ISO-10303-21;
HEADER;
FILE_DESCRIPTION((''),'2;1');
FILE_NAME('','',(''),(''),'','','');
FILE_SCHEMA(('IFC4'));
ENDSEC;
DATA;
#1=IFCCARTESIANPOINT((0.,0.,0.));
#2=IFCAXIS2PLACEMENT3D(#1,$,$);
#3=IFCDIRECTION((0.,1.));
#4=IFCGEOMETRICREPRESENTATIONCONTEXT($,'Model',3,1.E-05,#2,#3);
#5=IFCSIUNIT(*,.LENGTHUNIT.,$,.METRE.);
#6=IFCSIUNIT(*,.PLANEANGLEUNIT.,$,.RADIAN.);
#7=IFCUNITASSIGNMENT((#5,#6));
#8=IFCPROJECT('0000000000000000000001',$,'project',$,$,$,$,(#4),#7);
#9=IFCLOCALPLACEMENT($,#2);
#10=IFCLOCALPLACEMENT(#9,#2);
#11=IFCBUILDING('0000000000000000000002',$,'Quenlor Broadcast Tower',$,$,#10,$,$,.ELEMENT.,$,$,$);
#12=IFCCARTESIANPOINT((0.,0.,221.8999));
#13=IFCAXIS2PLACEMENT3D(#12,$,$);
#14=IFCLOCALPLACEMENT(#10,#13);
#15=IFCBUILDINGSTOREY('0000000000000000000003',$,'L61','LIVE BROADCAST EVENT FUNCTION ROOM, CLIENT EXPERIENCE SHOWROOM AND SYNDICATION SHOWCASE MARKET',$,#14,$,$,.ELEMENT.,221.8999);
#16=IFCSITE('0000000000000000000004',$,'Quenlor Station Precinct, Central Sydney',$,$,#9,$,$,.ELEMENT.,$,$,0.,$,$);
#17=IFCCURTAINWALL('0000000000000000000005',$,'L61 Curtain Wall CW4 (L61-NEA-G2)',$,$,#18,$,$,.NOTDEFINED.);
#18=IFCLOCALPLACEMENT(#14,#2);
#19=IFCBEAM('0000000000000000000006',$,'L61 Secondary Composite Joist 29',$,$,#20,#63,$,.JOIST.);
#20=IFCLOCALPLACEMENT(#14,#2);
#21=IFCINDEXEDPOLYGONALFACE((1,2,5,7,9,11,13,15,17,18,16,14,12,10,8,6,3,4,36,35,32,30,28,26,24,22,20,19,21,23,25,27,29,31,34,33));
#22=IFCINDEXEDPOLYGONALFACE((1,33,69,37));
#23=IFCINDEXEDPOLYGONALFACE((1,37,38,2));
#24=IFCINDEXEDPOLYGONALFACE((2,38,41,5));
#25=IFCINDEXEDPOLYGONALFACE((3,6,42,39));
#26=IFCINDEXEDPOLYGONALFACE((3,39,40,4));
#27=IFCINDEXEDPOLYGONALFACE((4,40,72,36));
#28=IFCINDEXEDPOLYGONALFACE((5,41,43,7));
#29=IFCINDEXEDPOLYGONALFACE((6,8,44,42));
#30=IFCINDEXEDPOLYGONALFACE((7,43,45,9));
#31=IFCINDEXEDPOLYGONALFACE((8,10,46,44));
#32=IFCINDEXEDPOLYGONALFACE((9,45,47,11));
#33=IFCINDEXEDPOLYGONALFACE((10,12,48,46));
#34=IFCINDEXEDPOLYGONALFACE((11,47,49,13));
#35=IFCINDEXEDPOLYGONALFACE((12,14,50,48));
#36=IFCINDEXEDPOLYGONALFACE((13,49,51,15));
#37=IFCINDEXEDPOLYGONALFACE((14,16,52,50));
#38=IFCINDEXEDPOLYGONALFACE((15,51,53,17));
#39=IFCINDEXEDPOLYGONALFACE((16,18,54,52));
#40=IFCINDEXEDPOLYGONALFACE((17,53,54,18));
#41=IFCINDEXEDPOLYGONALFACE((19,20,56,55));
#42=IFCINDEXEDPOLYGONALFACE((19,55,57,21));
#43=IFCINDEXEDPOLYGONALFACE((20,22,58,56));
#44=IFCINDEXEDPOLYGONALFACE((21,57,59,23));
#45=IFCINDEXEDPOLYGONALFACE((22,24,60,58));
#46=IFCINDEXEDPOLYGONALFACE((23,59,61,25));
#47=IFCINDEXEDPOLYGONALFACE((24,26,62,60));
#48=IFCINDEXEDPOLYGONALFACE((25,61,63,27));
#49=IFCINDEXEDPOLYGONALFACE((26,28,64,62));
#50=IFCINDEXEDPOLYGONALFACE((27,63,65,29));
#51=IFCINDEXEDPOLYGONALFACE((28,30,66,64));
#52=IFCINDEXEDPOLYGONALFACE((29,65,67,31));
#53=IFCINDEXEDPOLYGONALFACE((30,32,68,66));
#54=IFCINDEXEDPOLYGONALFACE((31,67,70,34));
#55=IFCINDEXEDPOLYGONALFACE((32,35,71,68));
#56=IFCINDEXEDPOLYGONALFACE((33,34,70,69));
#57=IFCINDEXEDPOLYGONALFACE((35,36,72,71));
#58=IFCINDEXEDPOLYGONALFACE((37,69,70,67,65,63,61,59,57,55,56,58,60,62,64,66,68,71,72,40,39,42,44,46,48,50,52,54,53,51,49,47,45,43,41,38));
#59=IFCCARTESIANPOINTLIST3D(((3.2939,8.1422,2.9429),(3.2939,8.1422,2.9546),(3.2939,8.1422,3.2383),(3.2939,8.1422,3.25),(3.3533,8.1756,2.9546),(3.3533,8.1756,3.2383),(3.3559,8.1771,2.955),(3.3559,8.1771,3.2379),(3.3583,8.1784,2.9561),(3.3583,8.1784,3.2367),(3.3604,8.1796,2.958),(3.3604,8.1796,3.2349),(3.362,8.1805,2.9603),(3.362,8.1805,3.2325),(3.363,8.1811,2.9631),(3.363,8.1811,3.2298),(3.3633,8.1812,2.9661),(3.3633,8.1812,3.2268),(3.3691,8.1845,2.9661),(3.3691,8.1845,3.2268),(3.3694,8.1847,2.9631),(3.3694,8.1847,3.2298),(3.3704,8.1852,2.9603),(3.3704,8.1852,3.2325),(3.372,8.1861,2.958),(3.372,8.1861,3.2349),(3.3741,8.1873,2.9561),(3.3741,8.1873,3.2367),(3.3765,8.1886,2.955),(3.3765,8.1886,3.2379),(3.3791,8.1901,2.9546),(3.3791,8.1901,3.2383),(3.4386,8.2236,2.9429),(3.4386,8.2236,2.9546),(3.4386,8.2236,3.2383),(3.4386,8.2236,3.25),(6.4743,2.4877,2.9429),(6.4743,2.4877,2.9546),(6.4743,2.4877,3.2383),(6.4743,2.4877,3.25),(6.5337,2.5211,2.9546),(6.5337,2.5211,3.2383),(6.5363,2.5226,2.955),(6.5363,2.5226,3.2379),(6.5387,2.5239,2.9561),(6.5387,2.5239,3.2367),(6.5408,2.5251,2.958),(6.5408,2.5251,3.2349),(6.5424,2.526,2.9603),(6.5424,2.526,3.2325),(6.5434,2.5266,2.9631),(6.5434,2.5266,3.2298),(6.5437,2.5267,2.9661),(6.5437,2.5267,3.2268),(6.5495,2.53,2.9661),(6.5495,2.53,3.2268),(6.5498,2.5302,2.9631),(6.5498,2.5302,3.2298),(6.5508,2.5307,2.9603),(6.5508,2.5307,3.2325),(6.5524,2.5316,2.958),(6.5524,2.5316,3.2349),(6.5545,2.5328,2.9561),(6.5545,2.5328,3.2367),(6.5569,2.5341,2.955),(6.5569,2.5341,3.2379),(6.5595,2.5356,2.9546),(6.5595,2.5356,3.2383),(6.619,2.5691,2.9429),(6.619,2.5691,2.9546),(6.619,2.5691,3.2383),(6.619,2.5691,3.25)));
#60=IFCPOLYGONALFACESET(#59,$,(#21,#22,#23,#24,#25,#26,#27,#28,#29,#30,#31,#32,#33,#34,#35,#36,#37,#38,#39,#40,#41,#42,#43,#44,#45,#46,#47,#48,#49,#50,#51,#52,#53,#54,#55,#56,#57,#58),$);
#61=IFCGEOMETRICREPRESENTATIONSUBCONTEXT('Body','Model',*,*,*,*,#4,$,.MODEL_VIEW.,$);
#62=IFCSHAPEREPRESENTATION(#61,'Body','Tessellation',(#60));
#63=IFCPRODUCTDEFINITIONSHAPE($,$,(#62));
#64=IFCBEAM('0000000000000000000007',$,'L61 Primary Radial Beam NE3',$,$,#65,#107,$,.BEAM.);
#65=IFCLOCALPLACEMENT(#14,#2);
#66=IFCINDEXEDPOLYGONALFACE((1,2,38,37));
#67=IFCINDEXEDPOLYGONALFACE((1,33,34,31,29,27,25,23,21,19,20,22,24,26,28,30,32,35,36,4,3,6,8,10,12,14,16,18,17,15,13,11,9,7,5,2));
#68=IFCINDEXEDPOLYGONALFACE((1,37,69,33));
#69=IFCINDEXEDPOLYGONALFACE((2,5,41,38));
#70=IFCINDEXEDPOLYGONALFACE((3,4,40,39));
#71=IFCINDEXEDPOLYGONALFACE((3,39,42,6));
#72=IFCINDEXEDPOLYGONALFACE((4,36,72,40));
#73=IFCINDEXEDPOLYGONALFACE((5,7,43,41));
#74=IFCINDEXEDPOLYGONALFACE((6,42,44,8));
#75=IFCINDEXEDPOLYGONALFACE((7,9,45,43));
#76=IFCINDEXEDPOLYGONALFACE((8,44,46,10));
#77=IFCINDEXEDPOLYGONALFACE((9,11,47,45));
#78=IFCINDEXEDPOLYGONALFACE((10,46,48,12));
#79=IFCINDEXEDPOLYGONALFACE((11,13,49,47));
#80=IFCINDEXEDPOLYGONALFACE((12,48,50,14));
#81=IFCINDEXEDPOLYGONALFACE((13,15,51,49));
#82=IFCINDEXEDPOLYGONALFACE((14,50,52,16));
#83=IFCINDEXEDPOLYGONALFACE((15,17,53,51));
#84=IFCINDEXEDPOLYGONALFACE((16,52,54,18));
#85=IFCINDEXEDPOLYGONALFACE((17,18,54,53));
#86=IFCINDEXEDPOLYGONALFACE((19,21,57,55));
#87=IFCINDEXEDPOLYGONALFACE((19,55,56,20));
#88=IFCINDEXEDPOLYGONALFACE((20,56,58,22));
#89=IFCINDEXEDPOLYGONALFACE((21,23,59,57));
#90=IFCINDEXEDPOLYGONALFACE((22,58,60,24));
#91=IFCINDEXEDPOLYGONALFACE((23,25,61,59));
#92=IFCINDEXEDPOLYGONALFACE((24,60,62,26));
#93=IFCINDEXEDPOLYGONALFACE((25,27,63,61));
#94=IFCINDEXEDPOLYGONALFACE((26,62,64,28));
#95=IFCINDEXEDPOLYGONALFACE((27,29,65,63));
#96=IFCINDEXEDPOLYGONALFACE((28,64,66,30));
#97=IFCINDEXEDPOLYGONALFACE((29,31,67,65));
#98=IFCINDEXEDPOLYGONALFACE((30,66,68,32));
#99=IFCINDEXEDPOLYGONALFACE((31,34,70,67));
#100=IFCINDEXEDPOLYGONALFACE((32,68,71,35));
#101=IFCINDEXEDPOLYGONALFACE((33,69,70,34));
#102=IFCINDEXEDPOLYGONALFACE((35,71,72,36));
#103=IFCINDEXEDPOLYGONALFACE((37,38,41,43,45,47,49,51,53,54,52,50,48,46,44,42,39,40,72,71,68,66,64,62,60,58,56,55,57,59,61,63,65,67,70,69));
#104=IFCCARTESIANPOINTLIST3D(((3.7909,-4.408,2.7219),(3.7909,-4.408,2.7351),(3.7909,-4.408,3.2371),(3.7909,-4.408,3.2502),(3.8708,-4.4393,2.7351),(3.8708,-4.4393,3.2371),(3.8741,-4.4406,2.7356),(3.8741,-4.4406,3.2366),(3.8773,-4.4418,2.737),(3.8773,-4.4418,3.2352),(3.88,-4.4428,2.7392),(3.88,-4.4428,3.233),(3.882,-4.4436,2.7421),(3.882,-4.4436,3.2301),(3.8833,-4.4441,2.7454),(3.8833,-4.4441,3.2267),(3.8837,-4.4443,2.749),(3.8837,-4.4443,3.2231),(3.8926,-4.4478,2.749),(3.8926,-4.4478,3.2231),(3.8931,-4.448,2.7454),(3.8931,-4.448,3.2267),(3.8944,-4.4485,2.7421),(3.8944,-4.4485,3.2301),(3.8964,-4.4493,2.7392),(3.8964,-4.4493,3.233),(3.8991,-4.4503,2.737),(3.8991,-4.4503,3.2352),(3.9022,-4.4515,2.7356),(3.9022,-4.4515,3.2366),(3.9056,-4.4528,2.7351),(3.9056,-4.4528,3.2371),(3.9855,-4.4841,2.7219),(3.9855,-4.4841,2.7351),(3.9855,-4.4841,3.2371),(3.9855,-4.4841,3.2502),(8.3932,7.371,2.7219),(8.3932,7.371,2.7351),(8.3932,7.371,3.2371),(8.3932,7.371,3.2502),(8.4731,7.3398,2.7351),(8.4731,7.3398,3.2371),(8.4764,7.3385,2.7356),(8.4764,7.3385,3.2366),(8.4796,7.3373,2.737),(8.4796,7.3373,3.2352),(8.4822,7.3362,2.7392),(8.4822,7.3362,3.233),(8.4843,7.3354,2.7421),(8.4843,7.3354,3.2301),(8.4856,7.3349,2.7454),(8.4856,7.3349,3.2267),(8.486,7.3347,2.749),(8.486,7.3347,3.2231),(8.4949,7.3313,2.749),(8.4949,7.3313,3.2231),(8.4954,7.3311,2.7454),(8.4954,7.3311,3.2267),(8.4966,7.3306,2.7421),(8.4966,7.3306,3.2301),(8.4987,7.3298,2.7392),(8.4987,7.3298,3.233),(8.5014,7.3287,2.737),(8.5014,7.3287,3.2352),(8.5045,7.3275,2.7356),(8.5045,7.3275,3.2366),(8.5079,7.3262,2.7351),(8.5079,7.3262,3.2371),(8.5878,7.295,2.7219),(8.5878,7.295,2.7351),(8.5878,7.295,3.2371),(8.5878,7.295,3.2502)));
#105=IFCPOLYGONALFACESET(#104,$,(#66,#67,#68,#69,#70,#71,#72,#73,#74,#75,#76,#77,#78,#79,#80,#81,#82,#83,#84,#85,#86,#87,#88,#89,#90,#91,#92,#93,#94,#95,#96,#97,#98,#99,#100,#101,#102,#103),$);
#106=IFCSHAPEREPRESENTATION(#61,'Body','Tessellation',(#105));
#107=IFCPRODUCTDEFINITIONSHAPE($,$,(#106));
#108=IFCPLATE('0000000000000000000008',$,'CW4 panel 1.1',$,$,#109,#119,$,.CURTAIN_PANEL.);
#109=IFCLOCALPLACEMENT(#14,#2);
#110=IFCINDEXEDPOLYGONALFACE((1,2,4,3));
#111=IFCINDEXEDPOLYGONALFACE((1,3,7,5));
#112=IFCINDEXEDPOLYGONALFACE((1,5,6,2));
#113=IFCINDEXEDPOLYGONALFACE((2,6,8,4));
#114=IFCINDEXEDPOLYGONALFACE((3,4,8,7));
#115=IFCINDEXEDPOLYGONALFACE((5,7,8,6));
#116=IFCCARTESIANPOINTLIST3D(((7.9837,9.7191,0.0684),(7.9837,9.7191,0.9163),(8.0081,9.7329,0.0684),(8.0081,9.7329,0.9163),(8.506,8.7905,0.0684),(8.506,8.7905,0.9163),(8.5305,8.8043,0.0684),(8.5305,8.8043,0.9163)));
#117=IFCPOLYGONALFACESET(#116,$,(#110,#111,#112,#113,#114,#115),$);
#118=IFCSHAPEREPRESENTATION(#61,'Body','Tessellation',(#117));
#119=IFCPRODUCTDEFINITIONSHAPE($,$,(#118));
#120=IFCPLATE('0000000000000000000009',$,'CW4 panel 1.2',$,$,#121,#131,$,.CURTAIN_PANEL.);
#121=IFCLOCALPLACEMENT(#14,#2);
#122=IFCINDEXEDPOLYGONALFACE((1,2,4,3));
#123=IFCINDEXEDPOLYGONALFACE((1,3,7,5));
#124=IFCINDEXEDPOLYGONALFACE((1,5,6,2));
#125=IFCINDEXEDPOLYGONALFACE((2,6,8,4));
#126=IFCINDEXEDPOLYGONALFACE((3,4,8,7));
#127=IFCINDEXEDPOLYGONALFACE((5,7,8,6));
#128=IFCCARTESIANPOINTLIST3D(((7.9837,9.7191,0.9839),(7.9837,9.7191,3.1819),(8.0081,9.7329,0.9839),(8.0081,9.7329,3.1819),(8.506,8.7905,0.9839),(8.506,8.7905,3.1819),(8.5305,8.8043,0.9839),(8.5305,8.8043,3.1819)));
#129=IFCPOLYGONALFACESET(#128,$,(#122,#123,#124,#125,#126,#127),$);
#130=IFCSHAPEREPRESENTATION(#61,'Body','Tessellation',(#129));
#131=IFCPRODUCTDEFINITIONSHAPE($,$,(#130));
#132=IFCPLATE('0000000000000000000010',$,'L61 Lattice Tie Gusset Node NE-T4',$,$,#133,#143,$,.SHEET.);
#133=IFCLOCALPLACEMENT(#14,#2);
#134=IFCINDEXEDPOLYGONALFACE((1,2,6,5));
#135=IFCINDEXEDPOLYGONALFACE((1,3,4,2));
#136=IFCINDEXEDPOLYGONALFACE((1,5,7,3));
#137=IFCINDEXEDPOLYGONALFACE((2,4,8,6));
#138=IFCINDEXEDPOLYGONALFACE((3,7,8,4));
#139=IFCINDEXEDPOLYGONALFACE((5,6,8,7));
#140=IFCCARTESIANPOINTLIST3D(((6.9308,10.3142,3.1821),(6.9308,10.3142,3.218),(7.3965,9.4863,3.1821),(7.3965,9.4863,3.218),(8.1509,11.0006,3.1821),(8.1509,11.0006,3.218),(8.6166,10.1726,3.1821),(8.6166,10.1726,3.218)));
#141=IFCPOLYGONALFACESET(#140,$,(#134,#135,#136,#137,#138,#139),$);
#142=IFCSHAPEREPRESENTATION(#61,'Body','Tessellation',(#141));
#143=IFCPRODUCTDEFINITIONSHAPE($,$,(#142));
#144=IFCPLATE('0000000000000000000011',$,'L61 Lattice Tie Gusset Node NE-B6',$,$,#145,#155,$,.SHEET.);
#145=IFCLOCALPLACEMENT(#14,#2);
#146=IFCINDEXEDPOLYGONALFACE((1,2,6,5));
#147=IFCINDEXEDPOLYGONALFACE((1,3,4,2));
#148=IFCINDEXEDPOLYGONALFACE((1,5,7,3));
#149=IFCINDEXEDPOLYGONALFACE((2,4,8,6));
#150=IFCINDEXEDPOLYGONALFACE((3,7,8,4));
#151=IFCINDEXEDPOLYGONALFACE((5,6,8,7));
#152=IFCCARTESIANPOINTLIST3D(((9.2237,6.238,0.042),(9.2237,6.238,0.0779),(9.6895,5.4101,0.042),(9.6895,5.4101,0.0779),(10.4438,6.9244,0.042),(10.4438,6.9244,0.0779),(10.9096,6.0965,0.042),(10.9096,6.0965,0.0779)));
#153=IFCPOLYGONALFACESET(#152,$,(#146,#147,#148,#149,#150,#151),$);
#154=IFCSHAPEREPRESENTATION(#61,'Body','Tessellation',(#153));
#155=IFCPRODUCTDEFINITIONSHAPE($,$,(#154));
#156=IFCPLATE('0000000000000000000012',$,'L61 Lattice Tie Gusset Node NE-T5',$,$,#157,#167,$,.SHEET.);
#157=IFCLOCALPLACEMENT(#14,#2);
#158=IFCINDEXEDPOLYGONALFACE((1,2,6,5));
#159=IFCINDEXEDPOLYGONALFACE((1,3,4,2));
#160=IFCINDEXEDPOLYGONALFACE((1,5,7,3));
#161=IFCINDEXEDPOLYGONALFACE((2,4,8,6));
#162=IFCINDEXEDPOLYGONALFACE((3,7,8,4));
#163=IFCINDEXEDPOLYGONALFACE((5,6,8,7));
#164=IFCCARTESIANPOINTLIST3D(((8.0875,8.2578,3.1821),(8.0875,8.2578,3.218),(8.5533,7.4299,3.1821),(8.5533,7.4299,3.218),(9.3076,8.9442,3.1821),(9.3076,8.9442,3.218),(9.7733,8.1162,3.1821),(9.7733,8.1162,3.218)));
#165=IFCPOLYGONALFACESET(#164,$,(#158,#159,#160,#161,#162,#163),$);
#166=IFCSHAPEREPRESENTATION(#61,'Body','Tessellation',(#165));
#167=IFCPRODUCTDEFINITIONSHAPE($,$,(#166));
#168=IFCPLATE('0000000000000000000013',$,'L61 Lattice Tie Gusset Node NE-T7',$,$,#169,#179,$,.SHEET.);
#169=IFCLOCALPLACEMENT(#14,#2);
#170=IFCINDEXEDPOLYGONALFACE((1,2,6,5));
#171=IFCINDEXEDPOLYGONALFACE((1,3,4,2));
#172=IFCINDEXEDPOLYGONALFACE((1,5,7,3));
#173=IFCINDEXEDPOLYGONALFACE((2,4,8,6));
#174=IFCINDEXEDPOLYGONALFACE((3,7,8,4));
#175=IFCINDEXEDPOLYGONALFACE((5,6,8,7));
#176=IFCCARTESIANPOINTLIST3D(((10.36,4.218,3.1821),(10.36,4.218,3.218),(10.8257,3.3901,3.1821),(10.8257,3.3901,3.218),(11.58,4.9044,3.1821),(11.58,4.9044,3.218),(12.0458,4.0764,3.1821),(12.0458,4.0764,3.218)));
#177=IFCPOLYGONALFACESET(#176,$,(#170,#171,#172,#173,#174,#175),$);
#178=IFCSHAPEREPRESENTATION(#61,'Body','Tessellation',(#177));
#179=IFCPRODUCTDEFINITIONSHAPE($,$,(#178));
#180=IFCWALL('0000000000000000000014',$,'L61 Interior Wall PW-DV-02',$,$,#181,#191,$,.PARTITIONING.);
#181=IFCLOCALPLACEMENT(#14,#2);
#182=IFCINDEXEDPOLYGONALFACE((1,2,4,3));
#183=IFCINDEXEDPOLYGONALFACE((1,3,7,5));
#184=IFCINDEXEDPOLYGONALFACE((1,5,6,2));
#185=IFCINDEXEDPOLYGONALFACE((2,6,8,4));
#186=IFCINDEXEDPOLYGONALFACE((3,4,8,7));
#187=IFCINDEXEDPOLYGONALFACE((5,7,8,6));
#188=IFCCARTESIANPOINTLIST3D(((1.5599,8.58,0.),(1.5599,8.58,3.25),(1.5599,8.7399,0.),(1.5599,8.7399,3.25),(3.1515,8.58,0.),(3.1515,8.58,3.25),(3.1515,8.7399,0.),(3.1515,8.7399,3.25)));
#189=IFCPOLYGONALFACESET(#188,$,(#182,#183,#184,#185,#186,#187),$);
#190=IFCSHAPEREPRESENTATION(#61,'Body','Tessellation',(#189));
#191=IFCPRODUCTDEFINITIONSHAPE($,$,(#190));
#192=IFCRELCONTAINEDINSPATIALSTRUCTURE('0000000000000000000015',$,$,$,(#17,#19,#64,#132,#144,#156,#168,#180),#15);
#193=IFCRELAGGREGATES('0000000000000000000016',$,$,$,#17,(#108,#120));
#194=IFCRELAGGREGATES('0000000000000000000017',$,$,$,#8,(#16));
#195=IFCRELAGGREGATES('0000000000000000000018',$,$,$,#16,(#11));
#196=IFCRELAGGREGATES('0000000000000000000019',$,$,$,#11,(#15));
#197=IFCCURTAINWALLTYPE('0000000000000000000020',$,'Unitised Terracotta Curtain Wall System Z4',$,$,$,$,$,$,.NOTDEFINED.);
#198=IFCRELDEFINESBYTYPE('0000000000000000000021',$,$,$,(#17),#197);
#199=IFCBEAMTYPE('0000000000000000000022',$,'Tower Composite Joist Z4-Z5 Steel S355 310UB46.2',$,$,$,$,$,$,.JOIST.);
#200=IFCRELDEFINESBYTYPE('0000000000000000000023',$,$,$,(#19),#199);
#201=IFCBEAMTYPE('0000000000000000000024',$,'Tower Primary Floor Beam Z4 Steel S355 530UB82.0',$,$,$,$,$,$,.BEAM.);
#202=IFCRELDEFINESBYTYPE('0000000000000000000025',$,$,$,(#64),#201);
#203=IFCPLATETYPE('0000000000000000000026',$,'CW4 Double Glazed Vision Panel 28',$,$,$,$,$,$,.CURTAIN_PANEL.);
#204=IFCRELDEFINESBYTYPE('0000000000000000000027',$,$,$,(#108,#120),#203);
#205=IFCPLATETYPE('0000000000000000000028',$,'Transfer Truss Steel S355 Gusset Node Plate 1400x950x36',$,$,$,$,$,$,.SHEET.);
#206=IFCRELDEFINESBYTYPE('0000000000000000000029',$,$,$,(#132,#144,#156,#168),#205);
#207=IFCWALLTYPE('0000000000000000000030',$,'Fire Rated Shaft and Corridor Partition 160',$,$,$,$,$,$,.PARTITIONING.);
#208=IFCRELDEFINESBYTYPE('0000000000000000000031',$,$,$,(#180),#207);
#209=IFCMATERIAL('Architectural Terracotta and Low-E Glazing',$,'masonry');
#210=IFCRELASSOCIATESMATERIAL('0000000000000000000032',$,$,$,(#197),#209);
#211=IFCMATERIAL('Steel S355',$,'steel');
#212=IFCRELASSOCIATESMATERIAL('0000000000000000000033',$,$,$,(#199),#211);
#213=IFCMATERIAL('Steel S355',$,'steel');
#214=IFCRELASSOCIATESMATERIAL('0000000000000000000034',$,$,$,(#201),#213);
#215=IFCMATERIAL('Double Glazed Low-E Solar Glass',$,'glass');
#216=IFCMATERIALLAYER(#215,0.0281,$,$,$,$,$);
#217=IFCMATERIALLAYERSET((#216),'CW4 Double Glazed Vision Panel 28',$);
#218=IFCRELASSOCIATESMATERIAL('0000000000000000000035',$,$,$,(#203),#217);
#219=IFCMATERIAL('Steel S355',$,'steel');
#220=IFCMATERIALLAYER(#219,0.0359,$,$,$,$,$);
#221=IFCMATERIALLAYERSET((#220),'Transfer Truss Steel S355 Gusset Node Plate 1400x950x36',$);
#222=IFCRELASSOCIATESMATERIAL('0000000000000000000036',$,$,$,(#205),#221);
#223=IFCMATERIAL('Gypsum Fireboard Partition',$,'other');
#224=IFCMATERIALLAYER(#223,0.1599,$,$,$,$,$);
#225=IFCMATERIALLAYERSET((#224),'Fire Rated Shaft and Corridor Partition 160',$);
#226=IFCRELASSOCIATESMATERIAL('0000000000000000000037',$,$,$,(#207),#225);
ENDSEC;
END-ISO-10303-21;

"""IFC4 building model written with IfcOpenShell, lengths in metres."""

from ifc_helpers import new_model, si_unit, direction, frame, frame_2d, origin, origin_2d, place, context, subcontext, project, spatial, rectangle, i_section, extrude, material, layer, layer_set, material_profile, profile_set, type_object, element, aggregate, save


model = new_model("IFC4")

# Units and contexts
model_context = context("Model", 3, precision=1e-05, world=origin(), true_north=direction((0.0, 1.0)))
body_context = subcontext(model_context, "Body", "Model", "MODEL_VIEW")
ifc_project = project(units=[si_unit("LENGTHUNIT", "METRE"), si_unit("PLANEANGLEUNIT", "RADIAN")], contexts=[model_context])

# Site, building, storey
site_placement = place(None, origin())
site = spatial("IfcSite", under=ifc_project, at=site_placement, Name="Quenlor Station Precinct, Central Sydney", CompositionType="ELEMENT", RefElevation=0.0)
building_placement = place(site_placement, origin())
building = spatial("IfcBuilding", under=site, at=building_placement, Name="Quenlor Broadcast Tower", CompositionType="ELEMENT")
storey_placement = place(building_placement, frame((0.0, 0.0, 221.8999)))
storey = spatial("IfcBuildingStorey", under=building, at=storey_placement, Name="L61", Description="LIVE BROADCAST EVENT FUNCTION ROOM, CLIENT EXPERIENCE SHOWROOM AND SYNDICATION SHOWCASE MARKET", CompositionType="ELEMENT", Elevation=221.8999)

# Curtain wall
ifc_material_1 = material(Name="Architectural Terracotta and Low-E Glazing", Category="masonry")
curtain_wall_type = type_object("IfcCurtainWallType", Name="Unitised Terracotta Curtain Wall System Z4", PredefinedType="NOTDEFINED", material=ifc_material_1)
curtain_wall_placement = place(storey_placement, origin())
curtain_wall = element("IfcCurtainWall", 1, at=curtain_wall_placement, inside=storey, type_object=curtain_wall_type, Name="L61 Curtain Wall CW4 (L61-NEA-G2)", PredefinedType="NOTDEFINED")

# Beams
ifc_material_2 = material(Name="Steel S355", Category="steel")
ifc_material_profile_1 = material_profile(ifc_material_2, i_section(OverallWidth=0.166, OverallDepth=0.3071, WebThickness=0.0066, FlangeThickness=0.0117, FilletRadius=0.0115, at=origin_2d()))
ifc_profile_set_1 = profile_set([ifc_material_profile_1], Name="Steel S355 310UB46.2")
beam_type_1 = type_object("IfcBeamType", Name="Tower Composite Joist Z4-Z5 Steel S355 310UB46.2", PredefinedType="JOIST", material=ifc_profile_set_1)
beam_1_placement = place(storey_placement, frame((3.3662, 8.1829, 3.0964), z_axis=(0.490231, -0.871593, 0.0), x_axis=(0.871593, 0.490231, 0.0)))
element("IfcBeam", 2, at=beam_1_placement, inside=storey, type_object=beam_type_1, Name="L61 Secondary Composite Joist 29", PredefinedType="JOIST", context=body_context, shape_type="SweptSolid", body=[
    extrude(i_section(OverallWidth=0.166, OverallDepth=0.3071, WebThickness=0.0066, FlangeThickness=0.0117, FilletRadius=0.0115, at=origin_2d()), origin(), (0.0, 0.0, 1.0), 6.4875),
])
ifc_material_3 = material(Name="Steel S355", Category="steel")
ifc_material_profile_2 = material_profile(ifc_material_3, i_section(OverallWidth=0.209, OverallDepth=0.5283, WebThickness=0.0095, FlangeThickness=0.0132, FilletRadius=0.0139, at=origin_2d()))
ifc_profile_set_2 = profile_set([ifc_material_profile_2], Name="Steel S355 530UB82.0")
beam_type_2 = type_object("IfcBeamType", Name="Tower Primary Floor Beam Z4 Steel S355 530UB82.0", PredefinedType="BEAM", material=ifc_profile_set_2)
beam_2_placement = place(storey_placement, frame((8.4905, 7.333, 2.9861), z_axis=(-0.363926, -0.931428, 0.0), x_axis=(0.931428, -0.363926, 0.0)))
element("IfcBeam", 3, at=beam_2_placement, inside=storey, type_object=beam_type_2, Name="L61 Primary Radial Beam NE3", PredefinedType="BEAM", context=body_context, shape_type="SweptSolid", body=[
    extrude(i_section(OverallWidth=0.209, OverallDepth=0.5283, WebThickness=0.0095, FlangeThickness=0.0132, FilletRadius=0.0139, at=origin_2d()), origin(), (0.0, 0.0, 1.0), 12.6462),
])

# Plates
ifc_material_4 = material(Name="Double Glazed Low-E Solar Glass", Category="glass")
ifc_layer_1 = layer(ifc_material_4, 0.0281)
ifc_layer_set_1 = layer_set([ifc_layer_1], Name="CW4 Double Glazed Vision Panel 28")
plate_type_1 = type_object("IfcPlateType", Name="CW4 Double Glazed Vision Panel 28", PredefinedType="CURTAIN_PANEL", material=ifc_layer_set_1)
plate_1_placement = place(storey_placement, frame((8.2571, 9.2617, 0.0684), z_axis=(0.0, 0.0, 1.0), x_axis=(0.490293, -0.871558, 0.0)))
plate_1 = element("IfcPlate", 4, at=plate_1_placement, type_object=plate_type_1, Name="CW4 panel 1.1", PredefinedType="CURTAIN_PANEL", context=body_context, shape_type="SweptSolid", body=[
    extrude(rectangle(XDim=1.0654, YDim=0.0281, at=origin_2d()), origin(), (0.0, 0.0, 1.0), 0.8479),
])
plate_2_placement = place(storey_placement, frame((8.2571, 9.2617, 0.9839), z_axis=(0.0, 0.0, 1.0), x_axis=(0.490293, -0.871558, 0.0)))
plate_2 = element("IfcPlate", 5, at=plate_2_placement, type_object=plate_type_1, Name="CW4 panel 1.2", PredefinedType="CURTAIN_PANEL", context=body_context, shape_type="SweptSolid", body=[
    extrude(rectangle(XDim=1.0654, YDim=0.0281, at=origin_2d()), origin(), (0.0, 0.0, 1.0), 2.198),
])
aggregate(curtain_wall, [plate_1, plate_2])

# Plates
ifc_material_5 = material(Name="Steel S355", Category="steel")
ifc_layer_2 = layer(ifc_material_5, 0.0359)
ifc_layer_set_2 = layer_set([ifc_layer_2], Name="Transfer Truss Steel S355 Gusset Node Plate 1400x950x36")
plate_type_2 = type_object("IfcPlateType", Name="Transfer Truss Steel S355 Gusset Node Plate 1400x950x36", PredefinedType="SHEET", material=ifc_layer_set_2)
for number, where, z_axis, x_axis, name in (
    (6, (7.7737, 10.2434, 3.1821), (0.0, 0.0, 1.0), (0.871556, 0.490295, 0.0), "L61 Lattice Tie Gusset Node NE-T4"),
    (7, (10.0667, 6.1672, 0.042), (0.0, 0.0, 1.0), (0.871556, 0.490295, 0.0), "L61 Lattice Tie Gusset Node NE-B6"),
    (8, (8.9304, 8.187, 3.1821), (0.0, 0.0, 1.0), (0.871556, 0.490295, 0.0), "L61 Lattice Tie Gusset Node NE-T5"),
    (9, (11.2029, 4.1472, 3.1821), (0.0, 0.0, 1.0), (0.871556, 0.490295, 0.0), "L61 Lattice Tie Gusset Node NE-T7"),
):
    element("IfcPlate", number, at=place(storey_placement, frame(where, z_axis=z_axis, x_axis=x_axis)), inside=storey, type_object=plate_type_2, Name=name, PredefinedType="SHEET", context=body_context, shape_type="SweptSolid", body=[
        extrude(rectangle(XDim=1.3999, YDim=0.95, at=origin_2d()), origin(), (0.0, 0.0, 1.0), 0.0359),
    ])

# Wall
ifc_material_6 = material(Name="Gypsum Fireboard Partition", Category="other")
ifc_layer_3 = layer(ifc_material_6, 0.1599)
ifc_layer_set_3 = layer_set([ifc_layer_3], Name="Fire Rated Shaft and Corridor Partition 160")
wall_type_1 = type_object("IfcWallType", Name="Fire Rated Shaft and Corridor Partition 160", PredefinedType="PARTITIONING", material=ifc_layer_set_3)
wall_1_placement = place(storey_placement, frame((3.1516, 8.6599, 0.0), z_axis=(0.0, 0.0, 1.0), x_axis=(-1.0, 0.0, 0.0)))
element("IfcWall", 10, at=wall_1_placement, inside=storey, type_object=wall_type_1, Name="L61 Interior Wall PW-DV-02", PredefinedType="PARTITIONING", context=body_context, shape_type="SweptSolid", body=[
    extrude(rectangle(XDim=1.5916, YDim=0.1599, at=frame_2d((0.7959, 0.0))), origin(), (0.0, 0.0, 1.0), 3.25),
])

save(model, "model.ifc")
